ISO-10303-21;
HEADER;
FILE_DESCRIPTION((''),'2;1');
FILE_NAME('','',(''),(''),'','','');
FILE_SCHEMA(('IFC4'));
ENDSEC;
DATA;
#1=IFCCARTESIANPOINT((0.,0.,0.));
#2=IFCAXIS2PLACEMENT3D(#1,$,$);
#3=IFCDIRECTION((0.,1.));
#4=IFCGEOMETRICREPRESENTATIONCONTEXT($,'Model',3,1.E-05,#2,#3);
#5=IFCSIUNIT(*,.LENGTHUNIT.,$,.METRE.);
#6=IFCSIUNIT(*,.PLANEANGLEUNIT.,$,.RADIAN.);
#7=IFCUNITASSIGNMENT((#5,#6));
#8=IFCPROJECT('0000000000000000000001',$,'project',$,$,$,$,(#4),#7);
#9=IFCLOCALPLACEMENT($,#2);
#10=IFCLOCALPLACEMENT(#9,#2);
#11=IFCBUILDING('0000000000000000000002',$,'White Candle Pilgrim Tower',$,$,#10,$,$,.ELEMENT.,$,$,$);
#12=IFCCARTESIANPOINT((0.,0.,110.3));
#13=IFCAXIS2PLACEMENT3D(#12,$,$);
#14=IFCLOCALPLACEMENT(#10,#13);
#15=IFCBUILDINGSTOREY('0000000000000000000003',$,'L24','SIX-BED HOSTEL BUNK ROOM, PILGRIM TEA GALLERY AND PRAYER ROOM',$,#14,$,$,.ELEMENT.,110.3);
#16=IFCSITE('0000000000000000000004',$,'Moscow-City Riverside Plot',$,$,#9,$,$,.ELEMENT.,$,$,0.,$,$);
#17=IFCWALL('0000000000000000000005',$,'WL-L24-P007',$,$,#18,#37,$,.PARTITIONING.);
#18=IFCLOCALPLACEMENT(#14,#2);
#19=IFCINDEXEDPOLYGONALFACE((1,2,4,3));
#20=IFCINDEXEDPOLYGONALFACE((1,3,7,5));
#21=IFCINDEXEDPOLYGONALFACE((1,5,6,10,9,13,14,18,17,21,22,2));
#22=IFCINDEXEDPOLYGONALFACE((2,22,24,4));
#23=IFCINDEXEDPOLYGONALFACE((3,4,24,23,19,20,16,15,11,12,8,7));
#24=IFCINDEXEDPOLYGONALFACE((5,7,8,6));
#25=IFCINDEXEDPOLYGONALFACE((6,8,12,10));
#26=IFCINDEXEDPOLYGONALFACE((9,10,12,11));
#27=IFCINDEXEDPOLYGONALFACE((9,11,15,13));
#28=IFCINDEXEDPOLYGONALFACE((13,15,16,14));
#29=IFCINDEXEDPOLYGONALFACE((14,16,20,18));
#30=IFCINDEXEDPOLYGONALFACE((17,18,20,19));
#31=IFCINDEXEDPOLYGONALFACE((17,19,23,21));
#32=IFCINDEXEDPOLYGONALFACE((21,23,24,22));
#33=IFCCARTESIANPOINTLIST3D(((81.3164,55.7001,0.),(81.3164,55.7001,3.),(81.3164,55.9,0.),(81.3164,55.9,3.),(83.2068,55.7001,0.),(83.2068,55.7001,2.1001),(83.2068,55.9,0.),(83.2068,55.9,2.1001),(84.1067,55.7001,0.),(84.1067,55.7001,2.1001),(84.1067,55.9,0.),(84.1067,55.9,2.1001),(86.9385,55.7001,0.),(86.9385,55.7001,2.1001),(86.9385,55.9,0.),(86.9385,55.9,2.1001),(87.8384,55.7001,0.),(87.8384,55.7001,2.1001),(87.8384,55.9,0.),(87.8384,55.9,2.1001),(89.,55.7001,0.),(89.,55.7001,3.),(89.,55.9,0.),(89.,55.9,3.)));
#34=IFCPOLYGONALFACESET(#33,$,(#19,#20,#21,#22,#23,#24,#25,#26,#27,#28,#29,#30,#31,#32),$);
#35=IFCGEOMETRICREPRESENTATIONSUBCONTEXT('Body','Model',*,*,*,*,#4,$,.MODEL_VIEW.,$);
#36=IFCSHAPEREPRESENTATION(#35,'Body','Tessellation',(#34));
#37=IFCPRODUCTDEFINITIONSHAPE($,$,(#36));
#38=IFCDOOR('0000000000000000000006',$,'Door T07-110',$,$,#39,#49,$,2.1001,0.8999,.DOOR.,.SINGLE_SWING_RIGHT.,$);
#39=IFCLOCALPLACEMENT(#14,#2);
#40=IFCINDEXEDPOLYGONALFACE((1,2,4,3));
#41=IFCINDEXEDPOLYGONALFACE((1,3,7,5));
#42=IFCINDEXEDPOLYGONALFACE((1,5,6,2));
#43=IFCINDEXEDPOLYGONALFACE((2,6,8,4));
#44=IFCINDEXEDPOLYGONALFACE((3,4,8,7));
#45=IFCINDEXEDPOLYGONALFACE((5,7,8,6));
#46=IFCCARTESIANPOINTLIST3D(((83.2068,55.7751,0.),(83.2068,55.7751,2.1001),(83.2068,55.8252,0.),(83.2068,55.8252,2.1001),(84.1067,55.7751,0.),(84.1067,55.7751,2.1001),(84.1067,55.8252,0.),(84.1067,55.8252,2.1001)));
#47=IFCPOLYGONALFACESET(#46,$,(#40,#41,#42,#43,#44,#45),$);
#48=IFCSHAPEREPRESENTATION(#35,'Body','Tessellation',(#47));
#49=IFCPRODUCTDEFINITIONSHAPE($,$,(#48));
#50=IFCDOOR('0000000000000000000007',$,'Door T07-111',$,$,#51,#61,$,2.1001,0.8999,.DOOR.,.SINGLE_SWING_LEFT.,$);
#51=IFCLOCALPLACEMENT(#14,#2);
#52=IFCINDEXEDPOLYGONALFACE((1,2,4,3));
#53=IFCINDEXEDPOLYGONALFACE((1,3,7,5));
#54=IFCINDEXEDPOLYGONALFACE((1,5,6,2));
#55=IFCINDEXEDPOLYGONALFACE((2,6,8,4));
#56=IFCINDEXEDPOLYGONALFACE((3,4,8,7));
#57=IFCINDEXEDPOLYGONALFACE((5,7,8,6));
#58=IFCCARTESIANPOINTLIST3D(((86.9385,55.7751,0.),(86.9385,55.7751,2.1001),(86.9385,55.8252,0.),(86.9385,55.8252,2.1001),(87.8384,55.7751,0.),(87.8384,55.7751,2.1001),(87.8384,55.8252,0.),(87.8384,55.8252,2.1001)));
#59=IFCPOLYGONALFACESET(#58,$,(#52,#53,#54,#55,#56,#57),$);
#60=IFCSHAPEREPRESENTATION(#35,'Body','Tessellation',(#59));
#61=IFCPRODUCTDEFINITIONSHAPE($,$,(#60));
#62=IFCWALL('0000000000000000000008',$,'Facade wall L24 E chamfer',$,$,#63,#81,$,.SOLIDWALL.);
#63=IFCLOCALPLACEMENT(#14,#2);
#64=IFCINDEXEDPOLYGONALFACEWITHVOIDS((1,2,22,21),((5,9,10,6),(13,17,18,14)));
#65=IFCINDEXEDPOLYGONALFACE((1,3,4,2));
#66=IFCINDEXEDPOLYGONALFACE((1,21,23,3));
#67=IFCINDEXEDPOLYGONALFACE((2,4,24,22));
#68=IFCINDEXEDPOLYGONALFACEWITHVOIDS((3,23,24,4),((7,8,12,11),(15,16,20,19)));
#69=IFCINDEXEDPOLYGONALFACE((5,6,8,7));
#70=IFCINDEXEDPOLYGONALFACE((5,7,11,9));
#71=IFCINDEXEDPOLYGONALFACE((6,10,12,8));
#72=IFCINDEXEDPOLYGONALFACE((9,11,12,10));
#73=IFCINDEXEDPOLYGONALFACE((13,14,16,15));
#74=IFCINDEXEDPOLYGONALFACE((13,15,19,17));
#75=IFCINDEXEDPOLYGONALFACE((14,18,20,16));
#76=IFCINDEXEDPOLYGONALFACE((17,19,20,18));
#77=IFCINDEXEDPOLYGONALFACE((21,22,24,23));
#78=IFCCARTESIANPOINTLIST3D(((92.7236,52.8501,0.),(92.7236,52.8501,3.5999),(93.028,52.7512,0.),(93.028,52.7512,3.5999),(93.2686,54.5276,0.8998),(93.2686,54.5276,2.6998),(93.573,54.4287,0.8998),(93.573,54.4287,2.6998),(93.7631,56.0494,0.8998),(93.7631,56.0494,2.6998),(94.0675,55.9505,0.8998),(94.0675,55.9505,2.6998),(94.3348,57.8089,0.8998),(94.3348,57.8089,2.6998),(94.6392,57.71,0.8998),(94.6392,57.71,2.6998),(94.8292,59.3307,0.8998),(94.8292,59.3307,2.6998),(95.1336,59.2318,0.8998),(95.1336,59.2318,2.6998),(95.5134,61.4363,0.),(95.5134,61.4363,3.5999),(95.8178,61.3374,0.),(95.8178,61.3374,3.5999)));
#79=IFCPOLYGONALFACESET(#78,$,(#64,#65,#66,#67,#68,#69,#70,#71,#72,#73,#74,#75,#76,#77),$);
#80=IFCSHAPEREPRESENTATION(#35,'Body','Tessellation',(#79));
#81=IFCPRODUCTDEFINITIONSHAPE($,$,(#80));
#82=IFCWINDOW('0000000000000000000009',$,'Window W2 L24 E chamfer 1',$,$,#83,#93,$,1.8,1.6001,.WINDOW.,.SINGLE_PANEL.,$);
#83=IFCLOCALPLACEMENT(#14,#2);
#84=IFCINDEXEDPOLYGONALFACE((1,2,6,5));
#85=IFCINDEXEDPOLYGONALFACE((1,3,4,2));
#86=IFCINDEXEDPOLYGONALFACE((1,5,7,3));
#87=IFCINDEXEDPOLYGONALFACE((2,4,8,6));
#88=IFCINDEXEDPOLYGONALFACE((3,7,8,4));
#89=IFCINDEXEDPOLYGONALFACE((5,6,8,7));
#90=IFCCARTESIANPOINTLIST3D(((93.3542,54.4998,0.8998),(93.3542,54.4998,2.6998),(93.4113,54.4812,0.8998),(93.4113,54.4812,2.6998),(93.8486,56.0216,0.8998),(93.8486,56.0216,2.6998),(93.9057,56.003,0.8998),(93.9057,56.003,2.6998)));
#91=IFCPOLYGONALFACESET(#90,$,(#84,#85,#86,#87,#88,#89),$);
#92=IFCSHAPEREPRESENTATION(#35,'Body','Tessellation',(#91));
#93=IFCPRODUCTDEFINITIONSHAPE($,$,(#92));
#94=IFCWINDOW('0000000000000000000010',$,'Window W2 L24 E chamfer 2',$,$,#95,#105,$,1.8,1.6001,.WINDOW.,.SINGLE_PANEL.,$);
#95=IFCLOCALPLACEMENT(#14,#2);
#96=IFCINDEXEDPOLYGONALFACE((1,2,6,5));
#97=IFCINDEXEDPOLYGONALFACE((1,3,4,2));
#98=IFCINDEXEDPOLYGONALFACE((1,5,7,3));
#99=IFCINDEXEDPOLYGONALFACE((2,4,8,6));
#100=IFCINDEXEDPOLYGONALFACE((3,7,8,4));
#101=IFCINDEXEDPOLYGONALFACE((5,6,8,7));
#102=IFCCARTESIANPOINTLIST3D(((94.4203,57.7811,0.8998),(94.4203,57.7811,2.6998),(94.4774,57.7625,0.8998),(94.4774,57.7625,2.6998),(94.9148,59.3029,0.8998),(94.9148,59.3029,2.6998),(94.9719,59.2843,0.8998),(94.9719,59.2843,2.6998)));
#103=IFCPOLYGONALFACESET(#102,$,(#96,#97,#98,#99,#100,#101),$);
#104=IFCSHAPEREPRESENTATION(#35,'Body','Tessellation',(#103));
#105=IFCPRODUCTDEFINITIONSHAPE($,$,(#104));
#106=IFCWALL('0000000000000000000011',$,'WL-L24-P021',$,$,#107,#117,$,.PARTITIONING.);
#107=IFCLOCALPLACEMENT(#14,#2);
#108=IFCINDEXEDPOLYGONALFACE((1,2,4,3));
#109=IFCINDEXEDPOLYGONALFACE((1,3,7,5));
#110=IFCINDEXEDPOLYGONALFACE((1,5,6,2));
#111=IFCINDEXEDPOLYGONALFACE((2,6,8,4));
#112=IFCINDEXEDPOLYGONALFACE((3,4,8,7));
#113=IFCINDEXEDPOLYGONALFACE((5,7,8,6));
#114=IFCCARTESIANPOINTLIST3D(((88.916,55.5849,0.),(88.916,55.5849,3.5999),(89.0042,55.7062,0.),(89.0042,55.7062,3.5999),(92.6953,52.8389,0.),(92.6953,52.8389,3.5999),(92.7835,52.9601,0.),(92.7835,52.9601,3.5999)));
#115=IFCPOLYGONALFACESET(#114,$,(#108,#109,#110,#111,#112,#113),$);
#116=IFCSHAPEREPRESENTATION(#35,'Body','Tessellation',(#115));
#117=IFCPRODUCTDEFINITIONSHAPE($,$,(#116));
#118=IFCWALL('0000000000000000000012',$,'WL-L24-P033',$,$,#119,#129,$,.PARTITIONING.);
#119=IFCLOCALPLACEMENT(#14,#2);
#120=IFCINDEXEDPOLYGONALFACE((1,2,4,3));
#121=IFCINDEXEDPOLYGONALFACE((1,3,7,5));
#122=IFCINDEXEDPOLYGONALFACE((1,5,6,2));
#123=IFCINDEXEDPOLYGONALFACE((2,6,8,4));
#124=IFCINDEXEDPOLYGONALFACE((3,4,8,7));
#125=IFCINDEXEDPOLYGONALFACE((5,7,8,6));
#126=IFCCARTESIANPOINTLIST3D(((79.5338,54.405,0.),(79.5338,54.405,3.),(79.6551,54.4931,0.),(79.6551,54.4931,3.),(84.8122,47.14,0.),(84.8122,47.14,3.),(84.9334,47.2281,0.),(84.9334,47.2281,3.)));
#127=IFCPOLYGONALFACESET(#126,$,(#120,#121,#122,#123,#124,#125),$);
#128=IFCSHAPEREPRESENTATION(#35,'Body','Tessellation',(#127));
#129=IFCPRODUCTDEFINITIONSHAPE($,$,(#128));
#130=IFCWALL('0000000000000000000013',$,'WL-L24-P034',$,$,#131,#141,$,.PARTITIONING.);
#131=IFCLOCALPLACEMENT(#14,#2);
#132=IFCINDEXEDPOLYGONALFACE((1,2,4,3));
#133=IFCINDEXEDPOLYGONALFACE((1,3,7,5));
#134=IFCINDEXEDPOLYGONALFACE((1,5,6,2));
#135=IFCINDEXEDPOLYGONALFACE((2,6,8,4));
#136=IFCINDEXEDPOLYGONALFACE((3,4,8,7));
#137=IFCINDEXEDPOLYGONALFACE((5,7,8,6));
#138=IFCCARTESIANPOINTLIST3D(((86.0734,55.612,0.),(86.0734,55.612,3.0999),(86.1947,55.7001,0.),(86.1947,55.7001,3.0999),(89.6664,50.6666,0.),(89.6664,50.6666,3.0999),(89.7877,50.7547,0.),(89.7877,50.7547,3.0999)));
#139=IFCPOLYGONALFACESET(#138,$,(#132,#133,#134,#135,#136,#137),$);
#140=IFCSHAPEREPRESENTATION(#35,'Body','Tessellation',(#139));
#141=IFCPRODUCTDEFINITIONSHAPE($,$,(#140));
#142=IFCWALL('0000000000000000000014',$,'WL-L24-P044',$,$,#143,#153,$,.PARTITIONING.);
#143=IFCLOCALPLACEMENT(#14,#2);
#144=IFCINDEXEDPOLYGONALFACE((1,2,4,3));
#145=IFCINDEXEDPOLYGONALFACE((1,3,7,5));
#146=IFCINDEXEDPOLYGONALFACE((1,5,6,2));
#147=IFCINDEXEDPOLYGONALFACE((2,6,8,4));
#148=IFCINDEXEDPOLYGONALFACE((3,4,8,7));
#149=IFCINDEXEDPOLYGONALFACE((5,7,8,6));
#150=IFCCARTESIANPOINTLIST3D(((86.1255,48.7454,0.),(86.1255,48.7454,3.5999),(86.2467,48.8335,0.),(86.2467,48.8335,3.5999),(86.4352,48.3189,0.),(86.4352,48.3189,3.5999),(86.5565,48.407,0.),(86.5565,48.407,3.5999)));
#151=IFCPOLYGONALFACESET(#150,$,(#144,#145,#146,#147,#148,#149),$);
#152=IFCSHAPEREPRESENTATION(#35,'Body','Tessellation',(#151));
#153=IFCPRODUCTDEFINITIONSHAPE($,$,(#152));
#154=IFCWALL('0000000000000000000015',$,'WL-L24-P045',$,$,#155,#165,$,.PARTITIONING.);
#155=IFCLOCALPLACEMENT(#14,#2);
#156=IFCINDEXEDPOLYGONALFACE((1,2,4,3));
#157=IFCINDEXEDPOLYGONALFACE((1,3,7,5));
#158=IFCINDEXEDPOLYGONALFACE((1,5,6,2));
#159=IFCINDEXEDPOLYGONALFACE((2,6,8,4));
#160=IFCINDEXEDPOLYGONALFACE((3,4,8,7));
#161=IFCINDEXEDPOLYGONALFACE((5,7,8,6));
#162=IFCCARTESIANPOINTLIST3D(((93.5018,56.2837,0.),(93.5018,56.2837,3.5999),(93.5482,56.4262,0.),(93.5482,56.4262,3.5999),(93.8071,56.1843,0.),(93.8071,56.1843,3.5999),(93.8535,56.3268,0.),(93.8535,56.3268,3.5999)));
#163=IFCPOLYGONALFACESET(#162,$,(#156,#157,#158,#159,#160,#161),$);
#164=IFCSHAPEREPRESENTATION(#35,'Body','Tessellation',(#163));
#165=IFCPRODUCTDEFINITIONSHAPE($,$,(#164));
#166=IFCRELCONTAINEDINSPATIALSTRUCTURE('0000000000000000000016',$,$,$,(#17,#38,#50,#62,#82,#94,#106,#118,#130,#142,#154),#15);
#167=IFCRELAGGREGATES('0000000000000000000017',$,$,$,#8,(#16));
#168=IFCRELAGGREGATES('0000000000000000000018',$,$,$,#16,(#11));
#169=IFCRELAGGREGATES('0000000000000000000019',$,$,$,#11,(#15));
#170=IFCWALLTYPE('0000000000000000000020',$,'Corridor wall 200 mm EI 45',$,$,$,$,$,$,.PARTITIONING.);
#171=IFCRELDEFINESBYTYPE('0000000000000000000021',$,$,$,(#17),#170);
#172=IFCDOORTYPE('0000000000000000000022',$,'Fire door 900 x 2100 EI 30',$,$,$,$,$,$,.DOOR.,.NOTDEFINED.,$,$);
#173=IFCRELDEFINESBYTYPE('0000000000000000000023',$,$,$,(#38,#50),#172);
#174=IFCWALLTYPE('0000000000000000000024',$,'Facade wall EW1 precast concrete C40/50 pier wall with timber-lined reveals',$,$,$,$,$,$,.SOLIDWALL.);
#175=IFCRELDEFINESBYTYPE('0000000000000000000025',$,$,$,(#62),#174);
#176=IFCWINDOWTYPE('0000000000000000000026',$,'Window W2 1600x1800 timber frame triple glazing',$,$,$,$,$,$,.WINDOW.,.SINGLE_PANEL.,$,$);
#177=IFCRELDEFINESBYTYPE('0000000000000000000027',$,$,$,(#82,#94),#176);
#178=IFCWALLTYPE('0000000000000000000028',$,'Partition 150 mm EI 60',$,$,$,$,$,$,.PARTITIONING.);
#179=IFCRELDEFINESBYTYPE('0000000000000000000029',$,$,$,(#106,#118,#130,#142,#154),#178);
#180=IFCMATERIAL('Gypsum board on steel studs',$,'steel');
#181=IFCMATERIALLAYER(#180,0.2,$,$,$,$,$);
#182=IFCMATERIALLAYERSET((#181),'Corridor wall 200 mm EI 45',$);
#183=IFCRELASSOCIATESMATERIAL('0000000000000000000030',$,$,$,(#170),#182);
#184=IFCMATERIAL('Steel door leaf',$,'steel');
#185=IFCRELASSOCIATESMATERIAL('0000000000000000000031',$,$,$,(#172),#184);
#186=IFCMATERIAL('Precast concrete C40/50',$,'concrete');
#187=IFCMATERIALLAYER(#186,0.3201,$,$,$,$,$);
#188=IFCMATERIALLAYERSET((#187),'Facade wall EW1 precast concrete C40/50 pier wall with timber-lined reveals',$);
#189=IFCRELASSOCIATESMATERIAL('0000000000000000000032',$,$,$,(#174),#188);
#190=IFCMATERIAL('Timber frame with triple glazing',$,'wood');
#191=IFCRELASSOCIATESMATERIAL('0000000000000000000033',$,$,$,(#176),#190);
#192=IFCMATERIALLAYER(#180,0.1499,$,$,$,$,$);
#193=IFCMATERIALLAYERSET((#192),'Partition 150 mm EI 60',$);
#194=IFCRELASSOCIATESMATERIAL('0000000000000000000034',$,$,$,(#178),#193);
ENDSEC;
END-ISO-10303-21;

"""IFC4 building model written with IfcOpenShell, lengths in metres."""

from ifc_helpers import new_model, si_unit, direction, frame, frame_2d, origin, place, context, subcontext, project, spatial, rectangle, extrude, material, layer, layer_set, type_object, element, fill, save


model = new_model("IFC4")

# Units and contexts
model_context = context("Model", 3, precision=1e-05, world=origin(), true_north=direction((0.0, 1.0)))
body_context = subcontext(model_context, "Body", "Model", "MODEL_VIEW")
ifc_project = project(units=[si_unit("LENGTHUNIT", "METRE"), si_unit("PLANEANGLEUNIT", "RADIAN")], contexts=[model_context])

# Site, building, storey
site_placement = place(None, origin())
site = spatial("IfcSite", under=ifc_project, at=site_placement, Name="Moscow-City Riverside Plot", CompositionType="ELEMENT", RefElevation=0.0)
building_placement = place(site_placement, origin())
building = spatial("IfcBuilding", under=site, at=building_placement, Name="White Candle Pilgrim Tower", CompositionType="ELEMENT")
storey_placement = place(building_placement, frame((0.0, 0.0, 110.3)))
storey = spatial("IfcBuildingStorey", under=building, at=storey_placement, Name="L24", Description="SIX-BED HOSTEL BUNK ROOM, PILGRIM TEA GALLERY AND PRAYER ROOM", CompositionType="ELEMENT", Elevation=110.3)

# Wall, openings, doors
ifc_material_1 = material(Name="Gypsum board on steel studs", Category="steel")
ifc_layer_1 = layer(ifc_material_1, 0.2)
ifc_layer_set_1 = layer_set([ifc_layer_1], Name="Corridor wall 200 mm EI 45")
wall_type_1 = type_object("IfcWallType", Name="Corridor wall 200 mm EI 45", PredefinedType="PARTITIONING", material=ifc_layer_set_1)
wall_1_placement = place(storey_placement, frame((89.0, 55.8, 0.0), z_axis=(0.0, 0.0, 1.0), x_axis=(-1.0, 0.0, 0.0)))
wall_1 = element("IfcWall", 1, at=wall_1_placement, inside=storey, type_object=wall_type_1, Name="WL-L24-P007", PredefinedType="PARTITIONING", context=body_context, shape_type="SweptSolid", body=[
    extrude(rectangle(XDim=7.6836, YDim=0.2, at=frame_2d((3.8418, 0.0))), origin(), (0.0, 0.0, 1.0), 3.0),
])
opening_1_placement = place(wall_1_placement, frame((4.8933, 0.0, 0.0)))
opening_1 = element("IfcOpeningElement", 2, at=opening_1_placement, cuts=wall_1, PredefinedType="OPENING", context=body_context, shape_type="SweptSolid", body=[
    extrude(rectangle(XDim=0.8999, YDim=2.1001, at=frame_2d((0.45, 1.05))), frame((0.0, 0.1099, 0.0), z_axis=(0.0, -1.0, 0.0), x_axis=(1.0, 0.0, 0.0)), (0.0, 0.0, 1.0), 0.22),
])
opening_2_placement = place(wall_1_placement, frame((1.1616, 0.0, 0.0)))
opening_2 = element("IfcOpeningElement", 3, at=opening_2_placement, cuts=wall_1, PredefinedType="OPENING", context=body_context, shape_type="SweptSolid", body=[
    extrude(rectangle(XDim=0.8999, YDim=2.1001, at=frame_2d((0.45, 1.05))), frame((0.0, 0.1099, 0.0), z_axis=(0.0, -1.0, 0.0), x_axis=(1.0, 0.0, 0.0)), (0.0, 0.0, 1.0), 0.22),
])
ifc_material_2 = material(Name="Steel door leaf", Category="steel")
door_type = type_object("IfcDoorType", Name="Fire door 900 x 2100 EI 30", OperationType="NOTDEFINED", PredefinedType="DOOR", material=ifc_material_2)
door_1_placement = place(opening_1_placement, origin())
door_1 = element("IfcDoor", 4, at=door_1_placement, inside=storey, type_object=door_type, Name="Door T07-110", OperationType="SINGLE_SWING_RIGHT", OverallHeight=2.1001, OverallWidth=0.8999, PredefinedType="DOOR", context=body_context, shape_type="SweptSolid", body=[
    extrude(rectangle(XDim=0.8999, YDim=2.1001, at=frame_2d((0.45, 1.05))), frame((0.0, 0.0249, 0.0), z_axis=(0.0, -1.0, 0.0), x_axis=(1.0, 0.0, 0.0)), (0.0, 0.0, 1.0), 0.05),
])
fill(opening_1, door_1)
door_2_placement = place(opening_2_placement, origin())
door_2 = element("IfcDoor", 5, at=door_2_placement, inside=storey, type_object=door_type, Name="Door T07-111", OperationType="SINGLE_SWING_LEFT", OverallHeight=2.1001, OverallWidth=0.8999, PredefinedType="DOOR", context=body_context, shape_type="SweptSolid", body=[
    extrude(rectangle(XDim=0.8999, YDim=2.1001, at=frame_2d((0.45, 1.05))), frame((0.0, 0.0249, 0.0), z_axis=(0.0, -1.0, 0.0), x_axis=(1.0, 0.0, 0.0)), (0.0, 0.0, 1.0), 0.05),
])
fill(opening_2, door_2)

# Wall, openings, windows
ifc_material_3 = material(Name="Precast concrete C40/50", Category="concrete")
ifc_layer_2 = layer(ifc_material_3, 0.3201)
ifc_layer_set_2 = layer_set([ifc_layer_2], Name="Facade wall EW1 precast concrete C40/50 pier wall with timber-lined reveals")
wall_type_2 = type_object("IfcWallType", Name="Facade wall EW1 precast concrete C40/50 pier wall with timber-lined reveals", PredefinedType="SOLIDWALL", material=ifc_layer_set_2)
wall_2_placement = place(storey_placement, frame((92.8757, 52.8005, 0.0), z_axis=(0.0, 0.0, 1.0), x_axis=(0.309015, 0.951057, 0.0)))
wall_2 = element("IfcWall", 6, at=wall_2_placement, inside=storey, type_object=wall_type_2, Name="Facade wall L24 E chamfer", PredefinedType="SOLIDWALL", context=body_context, shape_type="SweptSolid", body=[
    extrude(rectangle(XDim=9.0281, YDim=0.3201, at=frame_2d((4.5142, 0.0))), origin(), (0.0, 0.0, 1.0), 3.5999),
])
opening_3_placement = place(wall_2_placement, frame((1.7639, 0.0, 0.8999)))
opening_3 = element("IfcOpeningElement", 7, at=opening_3_placement, cuts=wall_2, PredefinedType="OPENING", context=body_context, shape_type="SweptSolid", body=[
    extrude(rectangle(XDim=1.6001, YDim=1.8, at=frame_2d((0.8, 0.8999))), frame((0.0, 0.1699, 0.0), z_axis=(0.0, -1.0, 0.0), x_axis=(1.0, 0.0, 0.0)), (0.0, 0.0, 1.0), 0.3401),
])
opening_4_placement = place(wall_2_placement, frame((5.2141, 0.0, 0.8999)))
opening_4 = element("IfcOpeningElement", 8, at=opening_4_placement, cuts=wall_2, PredefinedType="OPENING", context=body_context, shape_type="SweptSolid", body=[
    extrude(rectangle(XDim=1.6001, YDim=1.8, at=frame_2d((0.8, 0.8999))), frame((0.0, 0.1699, 0.0), z_axis=(0.0, -1.0, 0.0), x_axis=(1.0, 0.0, 0.0)), (0.0, 0.0, 1.0), 0.3401),
])
ifc_material_4 = material(Name="Timber frame with triple glazing", Category="wood")
window_type = type_object("IfcWindowType", Name="Window W2 1600x1800 timber frame triple glazing", PartitioningType="SINGLE_PANEL", PredefinedType="WINDOW", material=ifc_material_4)
window_1_placement = place(opening_3_placement, origin())
window_1 = element("IfcWindow", 9, at=window_1_placement, inside=storey, type_object=window_type, Name="Window W2 L24 E chamfer 1", OverallHeight=1.8, OverallWidth=1.6001, PartitioningType="SINGLE_PANEL", PredefinedType="WINDOW", context=body_context, shape_type="SweptSolid", body=[
    extrude(rectangle(XDim=1.6001, YDim=1.8, at=frame_2d((0.8, 0.8999))), frame((0.0, 0.0701, 0.0), z_axis=(0.0, -1.0, 0.0), x_axis=(1.0, 0.0, 0.0)), (0.0, 0.0, 1.0), 0.0601),
])
fill(opening_3, window_1)
window_2_placement = place(opening_4_placement, origin())
window_2 = element("IfcWindow", 10, at=window_2_placement, inside=storey, type_object=window_type, Name="Window W2 L24 E chamfer 2", OverallHeight=1.8, OverallWidth=1.6001, PartitioningType="SINGLE_PANEL", PredefinedType="WINDOW", context=body_context, shape_type="SweptSolid", body=[
    extrude(rectangle(XDim=1.6001, YDim=1.8, at=frame_2d((0.8, 0.8999))), frame((0.0, 0.0701, 0.0), z_axis=(0.0, -1.0, 0.0), x_axis=(1.0, 0.0, 0.0)), (0.0, 0.0, 1.0), 0.0601),
])
fill(opening_4, window_2)

# Walls
ifc_layer_3 = layer(ifc_material_1, 0.1499)
ifc_layer_set_3 = layer_set([ifc_layer_3], Name="Partition 150 mm EI 60")
wall_type_3 = type_object("IfcWallType", Name="Partition 150 mm EI 60", PredefinedType="PARTITIONING", material=ifc_layer_set_3)
wall_3_placement = place(storey_placement, frame((92.7395, 52.8994, 0.0), z_axis=(0.0, 0.0, 1.0), x_axis=(-0.808989, 0.587824, 0.0)))
element("IfcWall", 11, at=wall_3_placement, inside=storey, type_object=wall_type_3, Name="WL-L24-P021", PredefinedType="PARTITIONING", context=body_context, shape_type="SweptSolid", body=[
    extrude(rectangle(XDim=4.6716, YDim=0.1499, at=frame_2d((2.3359, 0.0))), origin(), (0.0, 0.0, 1.0), 3.5999),
])
wall_4_placement = place(storey_placement, frame((84.8728, 47.1841, 0.0), z_axis=(0.0, 0.0, 1.0), x_axis=(-0.58779, 0.809013, 0.0)))
element("IfcWall", 12, at=wall_4_placement, inside=storey, type_object=wall_type_3, Name="WL-L24-P033", PredefinedType="PARTITIONING", context=body_context, shape_type="SweptSolid", body=[
    extrude(rectangle(XDim=8.98, YDim=0.1499, at=frame_2d((4.49, 0.0))), origin(), (0.0, 0.0, 1.0), 3.0),
])
wall_5_placement = place(storey_placement, frame((89.7271, 50.7107, 0.0), z_axis=(0.0, 0.0, 1.0), x_axis=(-0.587789, 0.809014, 0.0)))
element("IfcWall", 13, at=wall_5_placement, inside=storey, type_object=wall_type_3, Name="WL-L24-P034", PredefinedType="PARTITIONING", context=body_context, shape_type="SweptSolid", body=[
    extrude(rectangle(XDim=6.1128, YDim=0.1499, at=frame_2d((3.0564, 0.0))), origin(), (0.0, 0.0, 1.0), 3.0999),
])
wall_6_placement = place(storey_placement, frame((86.186, 48.7896, 0.0), z_axis=(0.0, 0.0, 1.0), x_axis=(0.587703, -0.809076, 0.0)))
element("IfcWall", 14, at=wall_6_placement, inside=storey, type_object=wall_type_3, Name="WL-L24-P044", PredefinedType="PARTITIONING", context=body_context, shape_type="SweptSolid", body=[
    extrude(rectangle(XDim=0.5271, YDim=0.1499, at=frame_2d((0.2637, 0.0))), origin(), (0.0, 0.0, 1.0), 3.5999),
])
wall_7_placement = place(storey_placement, frame((93.5249, 56.355, 0.0), z_axis=(0.0, 0.0, 1.0), x_axis=(0.950866, -0.309602, 0.0)))
element("IfcWall", 15, at=wall_7_placement, inside=storey, type_object=wall_type_3, Name="WL-L24-P045", PredefinedType="PARTITIONING", context=body_context, shape_type="SweptSolid", body=[
    extrude(rectangle(XDim=0.321, YDim=0.1499, at=frame_2d((0.1606, 0.0))), origin(), (0.0, 0.0, 1.0), 3.5999),
])

save(model, "model.ifc")
